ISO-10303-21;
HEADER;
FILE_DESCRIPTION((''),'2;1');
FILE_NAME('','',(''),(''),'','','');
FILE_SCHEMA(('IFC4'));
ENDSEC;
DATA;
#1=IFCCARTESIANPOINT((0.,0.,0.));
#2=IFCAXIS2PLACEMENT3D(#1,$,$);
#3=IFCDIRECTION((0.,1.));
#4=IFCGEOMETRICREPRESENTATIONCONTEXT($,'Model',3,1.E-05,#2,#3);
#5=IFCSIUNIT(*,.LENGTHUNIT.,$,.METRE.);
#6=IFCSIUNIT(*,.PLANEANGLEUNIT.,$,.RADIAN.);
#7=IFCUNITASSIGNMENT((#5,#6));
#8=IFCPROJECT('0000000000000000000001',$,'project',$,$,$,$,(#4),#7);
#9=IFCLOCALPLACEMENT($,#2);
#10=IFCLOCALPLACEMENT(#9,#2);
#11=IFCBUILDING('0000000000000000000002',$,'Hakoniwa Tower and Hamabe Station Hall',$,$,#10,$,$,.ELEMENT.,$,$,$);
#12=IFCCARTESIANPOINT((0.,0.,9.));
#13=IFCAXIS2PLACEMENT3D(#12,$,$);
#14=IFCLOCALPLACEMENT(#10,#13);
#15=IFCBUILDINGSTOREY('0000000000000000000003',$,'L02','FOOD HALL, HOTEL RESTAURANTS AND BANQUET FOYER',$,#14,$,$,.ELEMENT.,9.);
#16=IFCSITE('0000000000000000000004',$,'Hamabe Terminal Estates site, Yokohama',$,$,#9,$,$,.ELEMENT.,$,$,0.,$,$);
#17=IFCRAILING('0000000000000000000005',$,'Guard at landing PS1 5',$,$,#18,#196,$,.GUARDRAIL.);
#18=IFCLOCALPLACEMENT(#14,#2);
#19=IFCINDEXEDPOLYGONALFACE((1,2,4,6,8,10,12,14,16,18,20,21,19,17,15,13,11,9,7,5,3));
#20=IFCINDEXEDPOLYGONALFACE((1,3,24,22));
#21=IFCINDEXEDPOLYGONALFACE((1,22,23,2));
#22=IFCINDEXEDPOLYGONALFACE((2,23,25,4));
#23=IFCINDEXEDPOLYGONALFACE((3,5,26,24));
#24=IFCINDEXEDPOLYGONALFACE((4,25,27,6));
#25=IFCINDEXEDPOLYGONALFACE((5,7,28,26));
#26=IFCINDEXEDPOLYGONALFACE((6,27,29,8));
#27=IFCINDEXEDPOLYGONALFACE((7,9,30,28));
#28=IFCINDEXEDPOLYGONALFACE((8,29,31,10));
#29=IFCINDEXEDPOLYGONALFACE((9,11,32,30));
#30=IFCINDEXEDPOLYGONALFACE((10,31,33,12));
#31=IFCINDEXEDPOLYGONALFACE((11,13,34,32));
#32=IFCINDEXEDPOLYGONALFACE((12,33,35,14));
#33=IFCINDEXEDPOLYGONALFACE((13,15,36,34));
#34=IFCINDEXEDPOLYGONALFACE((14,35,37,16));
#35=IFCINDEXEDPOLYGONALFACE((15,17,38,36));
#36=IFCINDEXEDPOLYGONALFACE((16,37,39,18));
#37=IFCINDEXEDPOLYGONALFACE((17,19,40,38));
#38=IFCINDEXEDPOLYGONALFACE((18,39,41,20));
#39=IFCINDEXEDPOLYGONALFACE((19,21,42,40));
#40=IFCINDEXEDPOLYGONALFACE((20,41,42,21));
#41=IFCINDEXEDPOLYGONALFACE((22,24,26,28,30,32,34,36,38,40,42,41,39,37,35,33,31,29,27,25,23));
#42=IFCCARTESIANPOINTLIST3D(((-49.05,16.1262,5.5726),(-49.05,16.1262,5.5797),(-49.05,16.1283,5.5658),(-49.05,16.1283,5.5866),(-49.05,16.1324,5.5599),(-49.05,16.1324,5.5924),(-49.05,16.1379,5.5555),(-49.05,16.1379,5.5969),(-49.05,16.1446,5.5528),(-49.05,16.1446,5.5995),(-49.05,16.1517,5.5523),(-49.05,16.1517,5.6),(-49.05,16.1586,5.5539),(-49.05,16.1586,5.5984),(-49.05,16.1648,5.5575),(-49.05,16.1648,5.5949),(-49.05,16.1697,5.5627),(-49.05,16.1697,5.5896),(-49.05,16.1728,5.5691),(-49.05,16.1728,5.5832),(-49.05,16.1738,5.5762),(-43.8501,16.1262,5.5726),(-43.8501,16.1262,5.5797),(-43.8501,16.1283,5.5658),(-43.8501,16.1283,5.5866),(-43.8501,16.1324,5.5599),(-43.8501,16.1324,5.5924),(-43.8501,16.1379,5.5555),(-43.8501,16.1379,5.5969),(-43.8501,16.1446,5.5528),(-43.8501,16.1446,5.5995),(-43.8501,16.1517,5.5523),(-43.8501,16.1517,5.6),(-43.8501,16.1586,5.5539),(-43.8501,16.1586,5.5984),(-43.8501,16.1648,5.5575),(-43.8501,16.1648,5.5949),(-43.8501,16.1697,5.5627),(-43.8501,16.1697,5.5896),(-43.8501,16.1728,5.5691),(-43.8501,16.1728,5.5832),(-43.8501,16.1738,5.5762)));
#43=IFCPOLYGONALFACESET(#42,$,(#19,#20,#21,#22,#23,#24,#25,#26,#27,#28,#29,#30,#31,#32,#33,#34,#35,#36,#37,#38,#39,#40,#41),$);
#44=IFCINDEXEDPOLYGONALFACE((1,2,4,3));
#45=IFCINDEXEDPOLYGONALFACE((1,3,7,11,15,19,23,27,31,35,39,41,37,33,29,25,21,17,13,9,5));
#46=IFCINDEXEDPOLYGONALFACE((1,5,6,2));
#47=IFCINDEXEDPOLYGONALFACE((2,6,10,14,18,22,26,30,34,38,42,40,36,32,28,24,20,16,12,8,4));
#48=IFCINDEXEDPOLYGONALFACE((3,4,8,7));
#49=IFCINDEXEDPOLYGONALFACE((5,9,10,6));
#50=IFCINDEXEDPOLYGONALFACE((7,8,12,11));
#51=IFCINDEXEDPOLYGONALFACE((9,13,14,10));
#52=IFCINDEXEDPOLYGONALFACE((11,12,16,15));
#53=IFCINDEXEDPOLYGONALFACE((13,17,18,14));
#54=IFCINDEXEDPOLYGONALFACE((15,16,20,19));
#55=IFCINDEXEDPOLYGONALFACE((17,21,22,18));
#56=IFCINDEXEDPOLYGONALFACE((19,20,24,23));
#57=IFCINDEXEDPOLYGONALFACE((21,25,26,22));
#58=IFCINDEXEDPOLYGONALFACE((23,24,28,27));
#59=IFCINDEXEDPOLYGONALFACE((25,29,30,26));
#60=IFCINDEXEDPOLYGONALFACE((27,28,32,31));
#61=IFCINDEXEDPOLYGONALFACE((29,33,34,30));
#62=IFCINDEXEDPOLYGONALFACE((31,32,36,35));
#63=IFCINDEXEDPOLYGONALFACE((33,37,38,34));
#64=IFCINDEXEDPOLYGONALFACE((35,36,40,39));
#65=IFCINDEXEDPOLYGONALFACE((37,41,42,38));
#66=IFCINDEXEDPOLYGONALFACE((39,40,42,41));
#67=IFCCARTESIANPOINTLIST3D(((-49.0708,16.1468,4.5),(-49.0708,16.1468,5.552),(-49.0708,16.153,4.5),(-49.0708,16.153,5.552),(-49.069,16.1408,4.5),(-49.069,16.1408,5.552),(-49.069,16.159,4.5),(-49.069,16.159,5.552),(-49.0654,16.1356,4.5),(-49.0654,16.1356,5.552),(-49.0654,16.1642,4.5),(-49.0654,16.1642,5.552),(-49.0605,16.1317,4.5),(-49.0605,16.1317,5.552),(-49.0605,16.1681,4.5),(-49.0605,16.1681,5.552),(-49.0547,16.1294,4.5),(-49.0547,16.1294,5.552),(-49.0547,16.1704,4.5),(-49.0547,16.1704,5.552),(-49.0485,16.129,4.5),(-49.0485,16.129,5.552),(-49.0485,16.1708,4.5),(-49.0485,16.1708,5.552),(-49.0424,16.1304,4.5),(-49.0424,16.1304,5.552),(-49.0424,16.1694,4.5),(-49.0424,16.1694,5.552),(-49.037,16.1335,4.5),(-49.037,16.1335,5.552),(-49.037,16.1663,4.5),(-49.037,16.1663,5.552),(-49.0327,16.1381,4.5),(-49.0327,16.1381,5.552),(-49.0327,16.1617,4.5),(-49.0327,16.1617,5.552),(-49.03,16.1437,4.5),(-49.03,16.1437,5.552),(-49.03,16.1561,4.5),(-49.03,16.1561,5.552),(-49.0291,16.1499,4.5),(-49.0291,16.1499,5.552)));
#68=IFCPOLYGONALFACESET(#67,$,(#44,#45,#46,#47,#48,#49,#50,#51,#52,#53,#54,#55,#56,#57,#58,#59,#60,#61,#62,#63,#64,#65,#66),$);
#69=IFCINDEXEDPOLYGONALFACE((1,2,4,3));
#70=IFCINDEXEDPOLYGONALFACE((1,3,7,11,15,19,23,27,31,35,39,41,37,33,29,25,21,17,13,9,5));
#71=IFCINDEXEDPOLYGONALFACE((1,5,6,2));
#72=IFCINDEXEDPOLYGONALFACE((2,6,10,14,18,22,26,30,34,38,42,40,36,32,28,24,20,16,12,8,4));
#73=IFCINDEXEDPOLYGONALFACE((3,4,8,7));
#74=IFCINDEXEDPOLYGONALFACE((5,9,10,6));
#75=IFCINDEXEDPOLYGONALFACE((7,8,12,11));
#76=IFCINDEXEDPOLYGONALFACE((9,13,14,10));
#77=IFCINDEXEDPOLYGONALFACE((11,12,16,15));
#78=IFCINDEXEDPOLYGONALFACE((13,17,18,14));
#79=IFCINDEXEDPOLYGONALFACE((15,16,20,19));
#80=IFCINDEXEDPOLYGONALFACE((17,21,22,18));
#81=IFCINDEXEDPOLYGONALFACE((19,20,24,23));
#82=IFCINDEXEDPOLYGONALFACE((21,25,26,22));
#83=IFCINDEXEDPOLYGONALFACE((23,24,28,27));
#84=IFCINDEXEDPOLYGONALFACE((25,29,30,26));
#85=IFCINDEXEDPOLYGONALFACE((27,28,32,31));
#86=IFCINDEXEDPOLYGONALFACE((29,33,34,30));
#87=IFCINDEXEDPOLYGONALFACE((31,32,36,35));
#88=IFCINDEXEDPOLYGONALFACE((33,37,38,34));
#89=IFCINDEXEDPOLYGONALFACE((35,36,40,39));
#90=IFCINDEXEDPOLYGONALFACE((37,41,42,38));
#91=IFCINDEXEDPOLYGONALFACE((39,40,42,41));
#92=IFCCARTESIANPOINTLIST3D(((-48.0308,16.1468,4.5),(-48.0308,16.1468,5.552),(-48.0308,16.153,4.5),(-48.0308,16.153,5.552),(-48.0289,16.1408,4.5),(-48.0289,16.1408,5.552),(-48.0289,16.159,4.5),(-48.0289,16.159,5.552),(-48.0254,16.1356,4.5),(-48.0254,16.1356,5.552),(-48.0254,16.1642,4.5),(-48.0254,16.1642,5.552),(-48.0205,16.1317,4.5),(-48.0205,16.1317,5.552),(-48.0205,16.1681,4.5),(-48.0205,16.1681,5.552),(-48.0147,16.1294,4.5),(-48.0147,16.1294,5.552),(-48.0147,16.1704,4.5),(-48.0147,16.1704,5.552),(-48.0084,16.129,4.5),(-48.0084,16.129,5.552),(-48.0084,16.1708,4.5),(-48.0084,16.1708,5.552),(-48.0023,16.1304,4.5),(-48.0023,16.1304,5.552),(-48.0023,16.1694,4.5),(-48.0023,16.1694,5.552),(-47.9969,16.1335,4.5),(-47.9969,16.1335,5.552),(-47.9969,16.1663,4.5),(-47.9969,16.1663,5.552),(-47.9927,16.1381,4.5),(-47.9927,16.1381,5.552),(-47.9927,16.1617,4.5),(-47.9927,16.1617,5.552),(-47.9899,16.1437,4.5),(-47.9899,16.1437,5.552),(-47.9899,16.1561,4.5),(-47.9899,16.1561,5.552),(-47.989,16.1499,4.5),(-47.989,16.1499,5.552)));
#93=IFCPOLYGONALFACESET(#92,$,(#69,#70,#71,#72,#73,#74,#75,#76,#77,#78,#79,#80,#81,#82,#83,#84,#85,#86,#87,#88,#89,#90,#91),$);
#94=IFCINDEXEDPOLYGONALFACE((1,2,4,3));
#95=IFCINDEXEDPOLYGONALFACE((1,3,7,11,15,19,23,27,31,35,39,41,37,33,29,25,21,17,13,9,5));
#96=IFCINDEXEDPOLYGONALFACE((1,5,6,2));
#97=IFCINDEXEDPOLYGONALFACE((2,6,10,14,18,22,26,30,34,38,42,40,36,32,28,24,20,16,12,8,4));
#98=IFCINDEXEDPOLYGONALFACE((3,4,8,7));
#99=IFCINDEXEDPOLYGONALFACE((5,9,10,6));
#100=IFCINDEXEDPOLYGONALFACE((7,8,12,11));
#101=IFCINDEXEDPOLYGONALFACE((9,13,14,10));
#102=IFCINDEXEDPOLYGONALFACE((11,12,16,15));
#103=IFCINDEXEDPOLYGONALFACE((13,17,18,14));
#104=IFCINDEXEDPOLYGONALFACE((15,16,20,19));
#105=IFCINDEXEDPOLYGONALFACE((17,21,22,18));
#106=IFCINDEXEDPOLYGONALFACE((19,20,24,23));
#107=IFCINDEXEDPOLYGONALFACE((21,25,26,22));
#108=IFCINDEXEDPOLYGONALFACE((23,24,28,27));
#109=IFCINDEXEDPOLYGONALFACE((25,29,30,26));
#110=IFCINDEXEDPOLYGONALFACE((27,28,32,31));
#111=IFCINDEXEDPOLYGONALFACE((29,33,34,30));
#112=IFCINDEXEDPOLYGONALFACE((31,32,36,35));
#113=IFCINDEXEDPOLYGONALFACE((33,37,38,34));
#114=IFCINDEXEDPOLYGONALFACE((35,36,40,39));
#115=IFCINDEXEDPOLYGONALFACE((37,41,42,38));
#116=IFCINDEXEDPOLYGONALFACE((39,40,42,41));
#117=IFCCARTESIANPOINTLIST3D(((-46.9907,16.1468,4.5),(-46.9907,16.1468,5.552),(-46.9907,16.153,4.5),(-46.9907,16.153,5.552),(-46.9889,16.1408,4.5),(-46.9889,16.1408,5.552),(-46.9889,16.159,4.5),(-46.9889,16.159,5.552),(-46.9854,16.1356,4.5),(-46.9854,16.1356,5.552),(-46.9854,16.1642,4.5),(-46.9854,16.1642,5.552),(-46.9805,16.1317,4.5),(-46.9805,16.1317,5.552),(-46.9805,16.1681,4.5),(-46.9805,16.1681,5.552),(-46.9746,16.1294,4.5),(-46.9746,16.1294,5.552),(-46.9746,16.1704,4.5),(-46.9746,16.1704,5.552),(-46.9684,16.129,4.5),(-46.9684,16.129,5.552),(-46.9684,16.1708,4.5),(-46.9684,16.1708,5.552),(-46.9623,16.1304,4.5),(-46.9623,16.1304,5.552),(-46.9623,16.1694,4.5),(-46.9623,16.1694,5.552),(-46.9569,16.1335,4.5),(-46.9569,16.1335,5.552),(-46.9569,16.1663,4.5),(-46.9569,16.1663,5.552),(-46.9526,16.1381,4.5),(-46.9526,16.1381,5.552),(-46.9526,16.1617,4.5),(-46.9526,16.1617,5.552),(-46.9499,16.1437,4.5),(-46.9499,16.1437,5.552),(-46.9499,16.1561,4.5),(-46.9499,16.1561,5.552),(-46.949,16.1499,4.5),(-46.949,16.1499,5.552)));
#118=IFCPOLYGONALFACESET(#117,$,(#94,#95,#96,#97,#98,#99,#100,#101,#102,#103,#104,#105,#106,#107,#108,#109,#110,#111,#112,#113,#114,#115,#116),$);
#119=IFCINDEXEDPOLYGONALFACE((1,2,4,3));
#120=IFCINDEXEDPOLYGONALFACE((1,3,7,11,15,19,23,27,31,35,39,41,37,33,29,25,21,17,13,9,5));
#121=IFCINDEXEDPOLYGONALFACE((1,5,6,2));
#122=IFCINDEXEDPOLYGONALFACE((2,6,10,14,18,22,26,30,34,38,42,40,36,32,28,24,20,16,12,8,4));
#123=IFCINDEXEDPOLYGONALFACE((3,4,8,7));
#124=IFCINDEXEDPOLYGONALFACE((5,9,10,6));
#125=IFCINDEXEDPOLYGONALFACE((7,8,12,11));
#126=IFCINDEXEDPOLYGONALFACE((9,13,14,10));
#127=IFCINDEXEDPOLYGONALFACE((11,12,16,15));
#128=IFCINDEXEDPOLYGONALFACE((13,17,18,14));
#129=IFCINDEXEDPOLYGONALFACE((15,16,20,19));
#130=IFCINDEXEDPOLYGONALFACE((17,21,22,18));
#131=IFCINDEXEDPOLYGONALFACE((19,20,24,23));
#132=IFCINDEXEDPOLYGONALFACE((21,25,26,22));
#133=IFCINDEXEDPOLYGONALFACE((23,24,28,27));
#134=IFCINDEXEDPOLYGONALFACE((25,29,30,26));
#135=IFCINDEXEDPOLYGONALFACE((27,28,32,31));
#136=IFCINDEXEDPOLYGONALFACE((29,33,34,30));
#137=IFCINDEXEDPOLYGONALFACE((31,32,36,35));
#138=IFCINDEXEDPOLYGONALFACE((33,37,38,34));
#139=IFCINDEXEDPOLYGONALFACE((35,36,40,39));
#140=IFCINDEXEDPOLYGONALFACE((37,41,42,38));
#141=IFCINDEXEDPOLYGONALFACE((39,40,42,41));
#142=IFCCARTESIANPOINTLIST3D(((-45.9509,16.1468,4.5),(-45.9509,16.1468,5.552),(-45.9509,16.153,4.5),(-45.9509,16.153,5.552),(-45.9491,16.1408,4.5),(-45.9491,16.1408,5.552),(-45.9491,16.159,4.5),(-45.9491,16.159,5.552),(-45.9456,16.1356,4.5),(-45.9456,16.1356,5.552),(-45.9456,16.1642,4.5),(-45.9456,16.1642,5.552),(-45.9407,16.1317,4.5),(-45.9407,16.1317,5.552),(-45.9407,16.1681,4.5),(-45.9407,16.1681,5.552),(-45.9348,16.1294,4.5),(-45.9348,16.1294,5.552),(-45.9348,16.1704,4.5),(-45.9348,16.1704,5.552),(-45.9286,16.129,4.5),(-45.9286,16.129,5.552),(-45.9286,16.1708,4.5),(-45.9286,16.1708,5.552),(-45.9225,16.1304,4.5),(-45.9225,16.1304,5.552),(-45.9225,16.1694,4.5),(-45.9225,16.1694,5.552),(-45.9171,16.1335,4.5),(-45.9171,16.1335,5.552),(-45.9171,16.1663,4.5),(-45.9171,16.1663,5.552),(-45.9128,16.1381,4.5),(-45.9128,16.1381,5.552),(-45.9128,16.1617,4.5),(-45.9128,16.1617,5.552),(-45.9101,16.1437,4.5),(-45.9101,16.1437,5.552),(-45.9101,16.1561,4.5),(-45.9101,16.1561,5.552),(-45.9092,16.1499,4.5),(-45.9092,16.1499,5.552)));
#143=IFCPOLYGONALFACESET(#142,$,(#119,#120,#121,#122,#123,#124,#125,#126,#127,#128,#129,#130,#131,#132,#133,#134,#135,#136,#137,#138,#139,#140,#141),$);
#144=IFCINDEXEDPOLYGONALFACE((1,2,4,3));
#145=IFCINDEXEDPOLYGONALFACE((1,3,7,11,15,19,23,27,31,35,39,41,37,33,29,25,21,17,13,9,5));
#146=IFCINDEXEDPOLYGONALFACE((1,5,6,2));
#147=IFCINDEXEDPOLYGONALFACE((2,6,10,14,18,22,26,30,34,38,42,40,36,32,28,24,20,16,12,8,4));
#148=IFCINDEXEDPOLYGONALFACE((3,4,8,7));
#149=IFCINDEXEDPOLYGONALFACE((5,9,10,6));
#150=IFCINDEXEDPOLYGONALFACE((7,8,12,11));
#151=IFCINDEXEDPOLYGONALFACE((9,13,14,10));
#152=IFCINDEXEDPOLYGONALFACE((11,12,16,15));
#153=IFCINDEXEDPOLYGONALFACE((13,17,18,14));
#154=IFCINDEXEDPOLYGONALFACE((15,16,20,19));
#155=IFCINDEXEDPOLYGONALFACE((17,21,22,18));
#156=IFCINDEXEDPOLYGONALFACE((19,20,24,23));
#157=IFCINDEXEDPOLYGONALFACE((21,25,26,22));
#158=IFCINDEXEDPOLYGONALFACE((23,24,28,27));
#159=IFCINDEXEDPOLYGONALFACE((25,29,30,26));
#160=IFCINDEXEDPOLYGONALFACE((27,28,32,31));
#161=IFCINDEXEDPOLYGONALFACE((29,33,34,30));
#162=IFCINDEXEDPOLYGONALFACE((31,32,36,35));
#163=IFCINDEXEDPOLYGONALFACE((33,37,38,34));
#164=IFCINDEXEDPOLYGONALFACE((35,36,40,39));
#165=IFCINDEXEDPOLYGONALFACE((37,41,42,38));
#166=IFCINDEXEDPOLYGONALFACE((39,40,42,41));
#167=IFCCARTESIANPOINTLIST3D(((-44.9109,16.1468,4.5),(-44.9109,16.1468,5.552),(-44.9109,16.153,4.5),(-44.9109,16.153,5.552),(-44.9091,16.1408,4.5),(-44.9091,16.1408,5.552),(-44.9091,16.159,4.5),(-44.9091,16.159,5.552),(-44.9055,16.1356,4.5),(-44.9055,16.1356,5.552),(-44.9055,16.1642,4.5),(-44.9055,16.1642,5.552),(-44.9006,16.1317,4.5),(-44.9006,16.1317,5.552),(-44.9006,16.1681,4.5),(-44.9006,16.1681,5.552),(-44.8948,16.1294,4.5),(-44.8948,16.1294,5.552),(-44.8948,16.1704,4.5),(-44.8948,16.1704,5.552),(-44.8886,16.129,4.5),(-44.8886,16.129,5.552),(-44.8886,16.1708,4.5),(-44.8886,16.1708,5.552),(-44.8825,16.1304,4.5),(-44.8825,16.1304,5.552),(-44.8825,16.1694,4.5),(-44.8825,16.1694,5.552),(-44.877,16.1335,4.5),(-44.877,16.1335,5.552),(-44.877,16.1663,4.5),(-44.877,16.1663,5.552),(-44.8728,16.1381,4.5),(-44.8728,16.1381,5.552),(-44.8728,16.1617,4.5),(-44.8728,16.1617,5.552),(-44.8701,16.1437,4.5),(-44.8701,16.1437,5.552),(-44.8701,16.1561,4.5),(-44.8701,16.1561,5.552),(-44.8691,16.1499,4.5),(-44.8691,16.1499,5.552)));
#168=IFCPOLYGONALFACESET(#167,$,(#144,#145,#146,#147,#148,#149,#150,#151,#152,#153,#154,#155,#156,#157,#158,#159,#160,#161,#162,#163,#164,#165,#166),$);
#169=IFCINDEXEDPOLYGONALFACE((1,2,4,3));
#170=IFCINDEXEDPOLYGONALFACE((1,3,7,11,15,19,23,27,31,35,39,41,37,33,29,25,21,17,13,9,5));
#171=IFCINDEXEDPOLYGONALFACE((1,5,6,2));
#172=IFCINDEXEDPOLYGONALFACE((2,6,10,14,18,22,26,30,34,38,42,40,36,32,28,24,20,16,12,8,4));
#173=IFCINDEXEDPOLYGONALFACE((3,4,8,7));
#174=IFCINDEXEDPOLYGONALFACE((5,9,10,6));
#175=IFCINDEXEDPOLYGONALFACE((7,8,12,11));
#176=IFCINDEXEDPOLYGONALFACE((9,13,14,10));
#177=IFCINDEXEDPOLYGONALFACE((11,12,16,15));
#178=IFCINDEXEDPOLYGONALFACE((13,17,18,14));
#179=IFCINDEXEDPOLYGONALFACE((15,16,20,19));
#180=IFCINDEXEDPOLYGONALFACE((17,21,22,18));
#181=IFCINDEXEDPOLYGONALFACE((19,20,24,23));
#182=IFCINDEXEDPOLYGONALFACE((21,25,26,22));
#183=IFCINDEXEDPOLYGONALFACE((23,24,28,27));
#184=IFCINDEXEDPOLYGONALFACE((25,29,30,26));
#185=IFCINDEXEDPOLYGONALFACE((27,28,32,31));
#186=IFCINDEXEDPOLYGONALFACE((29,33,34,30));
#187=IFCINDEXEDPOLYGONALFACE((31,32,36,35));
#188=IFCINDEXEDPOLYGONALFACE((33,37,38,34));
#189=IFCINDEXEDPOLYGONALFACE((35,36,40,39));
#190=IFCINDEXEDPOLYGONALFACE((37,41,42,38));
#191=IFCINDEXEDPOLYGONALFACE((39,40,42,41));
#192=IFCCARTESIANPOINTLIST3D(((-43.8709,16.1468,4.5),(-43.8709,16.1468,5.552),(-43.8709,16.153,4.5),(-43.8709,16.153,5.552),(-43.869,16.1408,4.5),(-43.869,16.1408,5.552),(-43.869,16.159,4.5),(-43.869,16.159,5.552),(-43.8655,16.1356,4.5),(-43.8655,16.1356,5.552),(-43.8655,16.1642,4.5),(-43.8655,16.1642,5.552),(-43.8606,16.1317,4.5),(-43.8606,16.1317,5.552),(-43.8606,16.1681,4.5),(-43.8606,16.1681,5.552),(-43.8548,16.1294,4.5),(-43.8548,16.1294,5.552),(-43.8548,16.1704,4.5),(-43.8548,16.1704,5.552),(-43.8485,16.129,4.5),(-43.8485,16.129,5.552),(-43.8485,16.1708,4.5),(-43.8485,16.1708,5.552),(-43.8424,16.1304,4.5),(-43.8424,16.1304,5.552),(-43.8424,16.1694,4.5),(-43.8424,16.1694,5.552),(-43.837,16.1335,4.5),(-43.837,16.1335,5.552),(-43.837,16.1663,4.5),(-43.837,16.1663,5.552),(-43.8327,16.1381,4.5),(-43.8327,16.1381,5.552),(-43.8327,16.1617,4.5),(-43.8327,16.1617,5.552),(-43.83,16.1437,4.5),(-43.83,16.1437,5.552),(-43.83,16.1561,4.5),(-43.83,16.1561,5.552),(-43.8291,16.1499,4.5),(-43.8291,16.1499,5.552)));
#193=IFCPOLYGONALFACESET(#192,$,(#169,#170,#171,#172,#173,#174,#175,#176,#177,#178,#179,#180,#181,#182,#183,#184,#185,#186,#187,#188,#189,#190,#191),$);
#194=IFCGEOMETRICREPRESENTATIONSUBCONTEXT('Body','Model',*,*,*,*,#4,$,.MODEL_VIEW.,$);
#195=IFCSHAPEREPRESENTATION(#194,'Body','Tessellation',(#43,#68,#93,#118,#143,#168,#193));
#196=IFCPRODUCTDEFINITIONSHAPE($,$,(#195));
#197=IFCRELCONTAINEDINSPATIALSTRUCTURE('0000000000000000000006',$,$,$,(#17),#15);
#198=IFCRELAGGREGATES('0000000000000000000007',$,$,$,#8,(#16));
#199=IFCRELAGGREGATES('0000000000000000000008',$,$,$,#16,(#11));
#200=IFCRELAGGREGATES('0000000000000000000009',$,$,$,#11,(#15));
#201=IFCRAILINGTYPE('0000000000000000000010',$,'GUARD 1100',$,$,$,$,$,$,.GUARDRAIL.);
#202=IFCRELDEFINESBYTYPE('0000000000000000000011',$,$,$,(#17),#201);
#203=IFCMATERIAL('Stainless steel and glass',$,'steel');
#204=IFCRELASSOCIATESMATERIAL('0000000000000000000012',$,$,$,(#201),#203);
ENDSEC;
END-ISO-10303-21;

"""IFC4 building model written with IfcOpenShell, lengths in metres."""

from ifc_helpers import new_model, si_unit, direction, frame, origin, origin_2d, place, context, subcontext, project, spatial, circle, extrude, material, type_object, element, save


model = new_model("IFC4")

# Units and contexts
model_context = context("Model", 3, precision=1e-05, world=origin(), true_north=direction((0.0, 1.0)))
body_context = subcontext(model_context, "Body", "Model", "MODEL_VIEW")
ifc_project = project(units=[si_unit("LENGTHUNIT", "METRE"), si_unit("PLANEANGLEUNIT", "RADIAN")], contexts=[model_context])

# Site, building, storey
site_placement = place(None, origin())
site = spatial("IfcSite", under=ifc_project, at=site_placement, Name="Hamabe Terminal Estates site, Yokohama", CompositionType="ELEMENT", RefElevation=0.0)
building_placement = place(site_placement, origin())
building = spatial("IfcBuilding", under=site, at=building_placement, Name="Hakoniwa Tower and Hamabe Station Hall", CompositionType="ELEMENT")
storey_placement = place(building_placement, frame((0.0, 0.0, 9.0)))
storey = spatial("IfcBuildingStorey", under=building, at=storey_placement, Name="L02", Description="FOOD HALL, HOTEL RESTAURANTS AND BANQUET FOYER", CompositionType="ELEMENT", Elevation=9.0)

# Railing
ifc_material_1 = material(Name="Stainless steel and glass", Category="steel")
railing_type = type_object("IfcRailingType", Name="GUARD 1100", PredefinedType="GUARDRAIL", material=ifc_material_1)
for number, where, name in (
    (1, (-49.05, 16.1499, 4.5), "Guard at landing PS1 5"),
):
    element("IfcRailing", number, at=place(storey_placement, frame(where)), inside=storey, type_object=railing_type, Name=name, PredefinedType="GUARDRAIL", context=body_context, shape_type="SweptSolid", body=[
        extrude(circle(Radius=0.0239, at=origin_2d()), frame((0.0, 0.0, 1.0762), z_axis=(1.0, 0.0, 0.0), x_axis=(0.0, 1.0, 0.0)), (0.0, 0.0, 1.0), 5.2),
        extrude(circle(Radius=0.021, at=origin_2d()), origin(), (0.0, 0.0, 1.0), 1.052),
        extrude(circle(Radius=0.021, at=origin_2d()), frame((1.04, 0.0, 0.0)), (0.0, 0.0, 1.0), 1.052),
        extrude(circle(Radius=0.021, at=origin_2d()), frame((2.0801, 0.0, 0.0)), (0.0, 0.0, 1.0), 1.052),
        extrude(circle(Radius=0.021, at=origin_2d()), frame((3.1199, 0.0, 0.0)), (0.0, 0.0, 1.0), 1.052),
        extrude(circle(Radius=0.021, at=origin_2d()), frame((4.1599, 0.0, 0.0)), (0.0, 0.0, 1.0), 1.052),
        extrude(circle(Radius=0.021, at=origin_2d()), frame((5.2, 0.0, 0.0)), (0.0, 0.0, 1.0), 1.052),
    ])

save(model, "model.ifc")
